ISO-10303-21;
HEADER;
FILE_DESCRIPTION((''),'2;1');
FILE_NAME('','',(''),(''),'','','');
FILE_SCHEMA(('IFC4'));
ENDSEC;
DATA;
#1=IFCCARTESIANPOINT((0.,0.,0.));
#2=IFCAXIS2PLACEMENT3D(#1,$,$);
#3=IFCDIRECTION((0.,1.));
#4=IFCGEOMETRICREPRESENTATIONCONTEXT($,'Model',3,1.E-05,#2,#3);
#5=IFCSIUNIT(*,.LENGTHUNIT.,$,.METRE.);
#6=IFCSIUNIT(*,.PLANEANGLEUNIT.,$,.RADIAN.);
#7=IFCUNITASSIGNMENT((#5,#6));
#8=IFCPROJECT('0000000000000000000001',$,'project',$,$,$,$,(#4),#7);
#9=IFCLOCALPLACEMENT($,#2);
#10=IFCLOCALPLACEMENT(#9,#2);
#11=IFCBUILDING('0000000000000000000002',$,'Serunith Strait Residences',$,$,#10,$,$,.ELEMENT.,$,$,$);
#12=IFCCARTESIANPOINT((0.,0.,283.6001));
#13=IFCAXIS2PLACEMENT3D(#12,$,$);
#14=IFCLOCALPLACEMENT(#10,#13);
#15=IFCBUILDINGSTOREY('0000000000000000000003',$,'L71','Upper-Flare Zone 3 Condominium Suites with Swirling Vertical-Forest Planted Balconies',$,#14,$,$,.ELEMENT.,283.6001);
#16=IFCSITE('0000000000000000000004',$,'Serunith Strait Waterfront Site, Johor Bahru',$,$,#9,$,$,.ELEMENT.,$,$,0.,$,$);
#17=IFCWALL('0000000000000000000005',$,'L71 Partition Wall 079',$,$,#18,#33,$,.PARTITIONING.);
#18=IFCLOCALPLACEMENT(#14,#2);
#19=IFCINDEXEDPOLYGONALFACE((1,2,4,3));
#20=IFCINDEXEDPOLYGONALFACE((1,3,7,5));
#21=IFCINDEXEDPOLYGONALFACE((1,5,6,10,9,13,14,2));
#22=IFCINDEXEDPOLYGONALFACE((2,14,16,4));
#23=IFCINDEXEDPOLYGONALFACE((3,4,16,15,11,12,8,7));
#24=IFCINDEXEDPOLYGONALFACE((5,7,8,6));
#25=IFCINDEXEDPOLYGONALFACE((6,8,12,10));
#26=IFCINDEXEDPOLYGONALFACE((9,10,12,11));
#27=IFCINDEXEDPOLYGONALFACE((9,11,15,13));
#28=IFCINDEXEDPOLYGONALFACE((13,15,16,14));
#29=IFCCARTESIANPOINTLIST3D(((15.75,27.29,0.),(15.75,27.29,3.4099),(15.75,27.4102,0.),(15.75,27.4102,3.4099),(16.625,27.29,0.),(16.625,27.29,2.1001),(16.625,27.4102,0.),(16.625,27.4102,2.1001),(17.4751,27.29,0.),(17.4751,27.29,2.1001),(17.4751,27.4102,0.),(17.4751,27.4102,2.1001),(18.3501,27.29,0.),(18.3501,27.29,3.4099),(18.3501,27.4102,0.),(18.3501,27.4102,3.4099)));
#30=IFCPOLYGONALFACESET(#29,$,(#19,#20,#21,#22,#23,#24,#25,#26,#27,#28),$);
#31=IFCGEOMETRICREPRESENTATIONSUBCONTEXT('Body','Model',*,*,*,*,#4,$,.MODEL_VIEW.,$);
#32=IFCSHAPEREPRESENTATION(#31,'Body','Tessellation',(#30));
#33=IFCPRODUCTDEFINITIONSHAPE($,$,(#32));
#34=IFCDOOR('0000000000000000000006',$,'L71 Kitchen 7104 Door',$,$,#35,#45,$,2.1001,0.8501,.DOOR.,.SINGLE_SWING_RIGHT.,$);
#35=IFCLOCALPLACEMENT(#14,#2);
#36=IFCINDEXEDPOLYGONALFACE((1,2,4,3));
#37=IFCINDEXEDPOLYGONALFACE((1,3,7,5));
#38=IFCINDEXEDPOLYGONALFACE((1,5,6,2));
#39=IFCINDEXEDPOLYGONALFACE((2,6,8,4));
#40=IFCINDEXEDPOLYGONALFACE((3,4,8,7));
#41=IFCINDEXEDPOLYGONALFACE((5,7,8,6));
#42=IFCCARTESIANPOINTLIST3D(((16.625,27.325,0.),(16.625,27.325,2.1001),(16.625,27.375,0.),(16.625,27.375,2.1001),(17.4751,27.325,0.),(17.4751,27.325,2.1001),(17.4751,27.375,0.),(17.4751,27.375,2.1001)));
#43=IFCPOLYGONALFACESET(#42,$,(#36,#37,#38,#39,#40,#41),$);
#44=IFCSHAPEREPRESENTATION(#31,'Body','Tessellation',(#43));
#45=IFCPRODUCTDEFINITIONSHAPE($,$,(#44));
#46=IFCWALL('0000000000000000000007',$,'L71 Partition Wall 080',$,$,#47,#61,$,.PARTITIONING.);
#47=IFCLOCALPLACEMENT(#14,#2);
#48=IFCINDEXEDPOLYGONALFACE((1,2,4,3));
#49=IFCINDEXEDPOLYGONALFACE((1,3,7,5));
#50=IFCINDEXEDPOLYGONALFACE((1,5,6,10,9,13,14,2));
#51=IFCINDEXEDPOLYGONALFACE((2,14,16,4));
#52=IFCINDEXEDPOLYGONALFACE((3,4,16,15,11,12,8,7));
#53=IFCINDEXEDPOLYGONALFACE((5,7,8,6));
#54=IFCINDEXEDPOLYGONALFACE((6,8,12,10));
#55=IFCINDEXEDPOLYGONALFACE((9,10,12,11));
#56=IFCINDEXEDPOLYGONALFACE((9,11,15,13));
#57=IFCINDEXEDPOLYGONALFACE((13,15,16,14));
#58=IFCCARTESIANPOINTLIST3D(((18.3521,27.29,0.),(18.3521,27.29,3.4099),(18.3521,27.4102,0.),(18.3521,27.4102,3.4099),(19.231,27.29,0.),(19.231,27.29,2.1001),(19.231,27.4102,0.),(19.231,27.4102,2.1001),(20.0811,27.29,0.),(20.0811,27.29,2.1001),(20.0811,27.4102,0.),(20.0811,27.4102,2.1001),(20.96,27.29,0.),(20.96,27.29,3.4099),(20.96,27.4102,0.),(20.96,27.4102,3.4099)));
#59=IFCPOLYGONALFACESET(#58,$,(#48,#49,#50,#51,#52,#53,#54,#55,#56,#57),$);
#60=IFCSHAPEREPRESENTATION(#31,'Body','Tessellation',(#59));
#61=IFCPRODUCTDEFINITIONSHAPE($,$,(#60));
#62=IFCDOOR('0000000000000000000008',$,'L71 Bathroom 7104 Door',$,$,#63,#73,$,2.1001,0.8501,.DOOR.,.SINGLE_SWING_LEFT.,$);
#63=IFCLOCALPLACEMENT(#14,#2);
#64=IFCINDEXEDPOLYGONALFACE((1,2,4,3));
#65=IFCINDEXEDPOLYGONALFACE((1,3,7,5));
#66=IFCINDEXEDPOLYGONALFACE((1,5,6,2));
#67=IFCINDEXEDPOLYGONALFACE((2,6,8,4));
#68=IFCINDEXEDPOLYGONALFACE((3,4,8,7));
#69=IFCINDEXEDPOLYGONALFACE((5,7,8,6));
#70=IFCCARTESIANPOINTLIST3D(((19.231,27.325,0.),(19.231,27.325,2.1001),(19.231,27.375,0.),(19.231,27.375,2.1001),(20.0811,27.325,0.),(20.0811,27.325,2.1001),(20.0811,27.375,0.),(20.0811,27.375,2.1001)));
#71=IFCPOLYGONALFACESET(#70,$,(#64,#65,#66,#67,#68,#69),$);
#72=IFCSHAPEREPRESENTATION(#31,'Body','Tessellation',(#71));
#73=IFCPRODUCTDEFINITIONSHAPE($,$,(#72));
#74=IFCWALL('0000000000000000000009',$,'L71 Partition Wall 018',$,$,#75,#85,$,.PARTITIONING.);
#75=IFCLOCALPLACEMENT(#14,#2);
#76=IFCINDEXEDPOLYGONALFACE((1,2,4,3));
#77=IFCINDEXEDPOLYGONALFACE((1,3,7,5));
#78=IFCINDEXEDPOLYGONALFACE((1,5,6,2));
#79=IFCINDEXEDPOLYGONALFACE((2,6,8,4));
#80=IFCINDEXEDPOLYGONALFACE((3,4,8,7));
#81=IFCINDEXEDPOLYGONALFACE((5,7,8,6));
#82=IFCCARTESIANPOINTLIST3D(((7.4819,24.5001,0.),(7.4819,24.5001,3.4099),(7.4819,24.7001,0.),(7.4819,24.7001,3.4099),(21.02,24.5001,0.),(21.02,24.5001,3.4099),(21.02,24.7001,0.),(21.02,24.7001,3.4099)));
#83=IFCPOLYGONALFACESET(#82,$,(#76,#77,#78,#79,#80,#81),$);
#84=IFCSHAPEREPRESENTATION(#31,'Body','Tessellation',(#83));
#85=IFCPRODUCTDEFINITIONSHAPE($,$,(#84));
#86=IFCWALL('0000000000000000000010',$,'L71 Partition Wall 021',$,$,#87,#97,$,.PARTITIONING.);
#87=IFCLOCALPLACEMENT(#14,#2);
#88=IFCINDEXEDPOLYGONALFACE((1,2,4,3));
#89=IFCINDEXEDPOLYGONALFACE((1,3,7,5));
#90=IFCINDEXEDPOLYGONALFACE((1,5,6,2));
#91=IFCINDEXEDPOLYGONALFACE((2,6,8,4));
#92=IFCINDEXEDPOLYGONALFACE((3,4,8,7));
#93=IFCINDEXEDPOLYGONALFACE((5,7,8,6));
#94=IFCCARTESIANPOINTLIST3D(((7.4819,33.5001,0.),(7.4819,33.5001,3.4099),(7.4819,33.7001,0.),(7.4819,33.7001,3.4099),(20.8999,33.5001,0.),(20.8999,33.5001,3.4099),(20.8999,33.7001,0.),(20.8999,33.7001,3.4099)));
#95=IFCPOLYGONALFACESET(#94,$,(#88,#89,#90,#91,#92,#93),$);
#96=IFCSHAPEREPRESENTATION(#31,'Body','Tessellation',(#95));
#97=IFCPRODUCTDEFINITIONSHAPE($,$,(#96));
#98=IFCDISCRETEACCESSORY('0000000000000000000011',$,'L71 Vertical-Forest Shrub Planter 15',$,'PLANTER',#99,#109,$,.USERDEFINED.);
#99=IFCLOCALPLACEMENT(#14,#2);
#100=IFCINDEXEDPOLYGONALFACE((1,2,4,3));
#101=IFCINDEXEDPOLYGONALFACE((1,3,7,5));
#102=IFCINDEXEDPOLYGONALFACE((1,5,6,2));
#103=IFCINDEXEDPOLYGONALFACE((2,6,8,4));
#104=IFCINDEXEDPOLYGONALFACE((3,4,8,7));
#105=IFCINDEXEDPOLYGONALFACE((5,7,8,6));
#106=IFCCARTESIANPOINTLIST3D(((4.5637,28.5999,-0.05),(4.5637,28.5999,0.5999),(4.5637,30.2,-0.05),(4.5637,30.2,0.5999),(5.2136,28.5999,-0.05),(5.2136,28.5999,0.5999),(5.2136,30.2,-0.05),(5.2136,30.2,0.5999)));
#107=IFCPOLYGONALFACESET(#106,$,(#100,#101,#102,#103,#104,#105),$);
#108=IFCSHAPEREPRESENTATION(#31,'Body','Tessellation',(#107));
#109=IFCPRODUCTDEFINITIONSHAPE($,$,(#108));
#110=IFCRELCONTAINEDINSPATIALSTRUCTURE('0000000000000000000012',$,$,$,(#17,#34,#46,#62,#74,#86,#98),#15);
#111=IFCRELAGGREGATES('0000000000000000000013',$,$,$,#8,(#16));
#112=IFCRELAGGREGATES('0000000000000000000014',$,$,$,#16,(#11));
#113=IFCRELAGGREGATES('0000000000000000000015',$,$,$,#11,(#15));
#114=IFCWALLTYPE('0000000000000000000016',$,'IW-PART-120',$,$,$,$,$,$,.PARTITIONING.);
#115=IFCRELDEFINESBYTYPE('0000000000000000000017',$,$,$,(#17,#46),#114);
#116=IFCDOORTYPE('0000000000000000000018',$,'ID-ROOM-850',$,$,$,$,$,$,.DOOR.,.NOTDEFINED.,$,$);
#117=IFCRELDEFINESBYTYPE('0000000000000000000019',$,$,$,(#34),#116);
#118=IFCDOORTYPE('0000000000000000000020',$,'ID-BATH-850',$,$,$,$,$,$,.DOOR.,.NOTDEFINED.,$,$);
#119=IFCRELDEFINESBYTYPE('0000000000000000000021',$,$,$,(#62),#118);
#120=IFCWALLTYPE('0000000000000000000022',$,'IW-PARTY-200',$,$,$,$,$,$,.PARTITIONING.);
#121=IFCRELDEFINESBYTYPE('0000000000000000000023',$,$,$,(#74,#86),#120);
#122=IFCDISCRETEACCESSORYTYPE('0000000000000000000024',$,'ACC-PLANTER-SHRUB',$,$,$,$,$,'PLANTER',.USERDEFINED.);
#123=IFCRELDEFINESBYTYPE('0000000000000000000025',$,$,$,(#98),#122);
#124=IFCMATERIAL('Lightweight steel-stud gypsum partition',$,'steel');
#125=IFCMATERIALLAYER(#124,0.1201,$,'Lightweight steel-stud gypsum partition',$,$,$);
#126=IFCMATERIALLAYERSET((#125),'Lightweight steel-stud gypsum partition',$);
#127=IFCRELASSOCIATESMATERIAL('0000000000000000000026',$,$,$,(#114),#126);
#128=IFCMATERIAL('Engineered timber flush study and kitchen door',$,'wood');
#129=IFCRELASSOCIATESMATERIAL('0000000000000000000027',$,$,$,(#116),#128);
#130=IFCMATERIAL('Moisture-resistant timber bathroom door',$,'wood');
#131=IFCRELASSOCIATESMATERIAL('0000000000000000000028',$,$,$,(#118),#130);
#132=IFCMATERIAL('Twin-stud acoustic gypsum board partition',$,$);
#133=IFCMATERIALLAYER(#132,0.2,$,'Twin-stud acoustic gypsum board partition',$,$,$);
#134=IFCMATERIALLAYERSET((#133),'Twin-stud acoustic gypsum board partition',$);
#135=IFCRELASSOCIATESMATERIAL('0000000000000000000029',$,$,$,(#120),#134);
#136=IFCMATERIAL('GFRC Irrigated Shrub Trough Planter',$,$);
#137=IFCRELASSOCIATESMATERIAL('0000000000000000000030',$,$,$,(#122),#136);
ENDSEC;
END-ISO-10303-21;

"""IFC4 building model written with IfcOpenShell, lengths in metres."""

from ifc_helpers import new_model, si_unit, direction, frame, frame_2d, origin, origin_2d, place, context, subcontext, project, spatial, rectangle, extrude, source, transform, mapped, material, layer, layer_set, type_object, element, fill, save


model = new_model("IFC4")

# Units and contexts
model_context = context("Model", 3, precision=1e-05, world=origin(), true_north=direction((0.0, 1.0)))
body_context = subcontext(model_context, "Body", "Model", "MODEL_VIEW")
ifc_project = project(units=[si_unit("LENGTHUNIT", "METRE"), si_unit("PLANEANGLEUNIT", "RADIAN")], contexts=[model_context])

# Site, building, storey
site_placement = place(None, origin())
site = spatial("IfcSite", under=ifc_project, at=site_placement, Name="Serunith Strait Waterfront Site, Johor Bahru", CompositionType="ELEMENT", RefElevation=0.0)
building_placement = place(site_placement, origin())
building = spatial("IfcBuilding", under=site, at=building_placement, Name="Serunith Strait Residences", CompositionType="ELEMENT")
storey_placement = place(building_placement, frame((0.0, 0.0, 283.6001)))
storey = spatial("IfcBuildingStorey", under=building, at=storey_placement, Name="L71", Description="Upper-Flare Zone 3 Condominium Suites with Swirling Vertical-Forest Planted Balconies", CompositionType="ELEMENT", Elevation=283.6001)

# Walls, openings, doors
ifc_material_1 = material(Name="Lightweight steel-stud gypsum partition", Category="steel")
ifc_layer_1 = layer(ifc_material_1, 0.1201, Name="Lightweight steel-stud gypsum partition")
ifc_layer_set_1 = layer_set([ifc_layer_1], Name="Lightweight steel-stud gypsum partition")
wall_type_1 = type_object("IfcWallType", Name="IW-PART-120", PredefinedType="PARTITIONING", material=ifc_layer_set_1)
wall_1_placement = place(storey_placement, frame((15.75, 27.3501, 0.0), z_axis=(0.0, 0.0, 1.0), x_axis=(1.0, 0.0, 0.0)))
wall_1 = element("IfcWall", 1, at=wall_1_placement, inside=storey, type_object=wall_type_1, Name="L71 Partition Wall 079", PredefinedType="PARTITIONING", context=body_context, shape_type="SweptSolid", body=[
    extrude(rectangle(XDim=2.6001, YDim=0.1201, at=frame_2d((1.3, 0.0))), origin(), (0.0, 0.0, 1.0), 3.4099),
])
opening_1_placement = place(wall_1_placement, frame((0.875, 0.0, 0.0)))
opening_1 = element("IfcOpeningElement", 2, at=opening_1_placement, cuts=wall_1, PredefinedType="OPENING", context=body_context, shape_type="SweptSolid", body=[
    extrude(rectangle(XDim=0.8501, YDim=2.1001, at=frame_2d((0.425, 1.05))), frame((0.0, 0.0701, 0.0), z_axis=(0.0, -1.0, 0.0), x_axis=(1.0, 0.0, 0.0)), (0.0, 0.0, 1.0), 0.1401),
])
ifc_material_2 = material(Name="Engineered timber flush study and kitchen door", Category="wood")
door_type_1 = type_object("IfcDoorType", Name="ID-ROOM-850", OperationType="NOTDEFINED", PredefinedType="DOOR", material=ifc_material_2)
shared_shape_1 = source(origin(), body_context, "Body", "SweptSolid", [
    extrude(rectangle(XDim=0.8501, YDim=2.1001, at=frame_2d((0.425, 1.05))), frame((0.0, 0.0249, 0.0), z_axis=(0.0, -1.0, 0.0), x_axis=(1.0, 0.0, 0.0)), (0.0, 0.0, 1.0), 0.05),
])
door_1_placement = place(opening_1_placement, origin())
door_1 = element("IfcDoor", 3, at=door_1_placement, inside=storey, type_object=door_type_1, Name="L71 Kitchen 7104 Door", OperationType="SINGLE_SWING_RIGHT", OverallHeight=2.1001, OverallWidth=0.8501, PredefinedType="DOOR", context=body_context, shape_type="MappedRepresentation", body=[
    mapped(shared_shape_1, transform((0.0, 0.0, 0.0), scale=1.0)),
])
fill(opening_1, door_1)
wall_2_placement = place(storey_placement, frame((18.3521, 27.3501, 0.0), z_axis=(0.0, 0.0, 1.0), x_axis=(1.0, 0.0, 0.0)))
wall_2 = element("IfcWall", 4, at=wall_2_placement, inside=storey, type_object=wall_type_1, Name="L71 Partition Wall 080", PredefinedType="PARTITIONING", context=body_context, shape_type="SweptSolid", body=[
    extrude(rectangle(XDim=2.6079, YDim=0.1201, at=frame_2d((1.304, 0.0))), origin(), (0.0, 0.0, 1.0), 3.4099),
])
opening_2_placement = place(wall_2_placement, frame((0.8789, 0.0, 0.0)))
opening_2 = element("IfcOpeningElement", 5, at=opening_2_placement, cuts=wall_2, PredefinedType="OPENING", context=body_context, shape_type="SweptSolid", body=[
    extrude(rectangle(XDim=0.8501, YDim=2.1001, at=frame_2d((0.425, 1.05))), frame((0.0, 0.0701, 0.0), z_axis=(0.0, -1.0, 0.0), x_axis=(1.0, 0.0, 0.0)), (0.0, 0.0, 1.0), 0.1401),
])
ifc_material_3 = material(Name="Moisture-resistant timber bathroom door", Category="wood")
door_type_2 = type_object("IfcDoorType", Name="ID-BATH-850", OperationType="NOTDEFINED", PredefinedType="DOOR", material=ifc_material_3)
door_2_placement = place(opening_2_placement, origin())
door_2 = element("IfcDoor", 6, at=door_2_placement, inside=storey, type_object=door_type_2, Name="L71 Bathroom 7104 Door", OperationType="SINGLE_SWING_LEFT", OverallHeight=2.1001, OverallWidth=0.8501, PredefinedType="DOOR", context=body_context, shape_type="MappedRepresentation", body=[
    mapped(shared_shape_1, transform((0.0, 0.0, 0.0), scale=1.0)),
])
fill(opening_2, door_2)

# Walls
ifc_material_4 = material(Name="Twin-stud acoustic gypsum board partition")
ifc_layer_2 = layer(ifc_material_4, 0.2, Name="Twin-stud acoustic gypsum board partition")
ifc_layer_set_2 = layer_set([ifc_layer_2], Name="Twin-stud acoustic gypsum board partition")
wall_type_2 = type_object("IfcWallType", Name="IW-PARTY-200", PredefinedType="PARTITIONING", material=ifc_layer_set_2)
wall_3_placement = place(storey_placement, frame((7.4819, 24.6001, 0.0), z_axis=(0.0, 0.0, 1.0), x_axis=(1.0, 0.0, 0.0)))
element("IfcWall", 7, at=wall_3_placement, inside=storey, type_object=wall_type_2, Name="L71 Partition Wall 018", PredefinedType="PARTITIONING", context=body_context, shape_type="SweptSolid", body=[
    extrude(rectangle(XDim=13.5381, YDim=0.2, at=frame_2d((6.769, 0.0))), origin(), (0.0, 0.0, 1.0), 3.4099),
])
wall_4_placement = place(storey_placement, frame((7.4819, 33.6001, 0.0), z_axis=(0.0, 0.0, 1.0), x_axis=(1.0, 0.0, 0.0)))
element("IfcWall", 8, at=wall_4_placement, inside=storey, type_object=wall_type_2, Name="L71 Partition Wall 021", PredefinedType="PARTITIONING", context=body_context, shape_type="SweptSolid", body=[
    extrude(rectangle(XDim=13.418, YDim=0.2, at=frame_2d((6.709, 0.0))), origin(), (0.0, 0.0, 1.0), 3.4099),
])

# Discrete accessory
ifc_material_5 = material(Name="GFRC Irrigated Shrub Trough Planter")
discrete_accessory_type = type_object("IfcDiscreteAccessoryType", Name="ACC-PLANTER-SHRUB", ElementType="PLANTER", PredefinedType="USERDEFINED", material=ifc_material_5)
shared_shape_2 = source(origin(), body_context, "Body", "SweptSolid", [
    extrude(rectangle(XDim=1.6001, YDim=0.6499, at=origin_2d()), origin(), (0.0, 0.0, 1.0), 0.6499),
])
discrete_accessory_placement = place(storey_placement, frame((4.8887, 29.3999, -0.05), z_axis=(0.0, 0.0, 1.0), x_axis=(0.0, -1.0, 0.0)))
element("IfcDiscreteAccessory", 9, at=discrete_accessory_placement, inside=storey, type_object=discrete_accessory_type, Name="L71 Vertical-Forest Shrub Planter 15", ObjectType="PLANTER", PredefinedType="USERDEFINED", context=body_context, shape_type="MappedRepresentation", body=[
    mapped(shared_shape_2, transform((0.0, 0.0, 0.0), scale=1.0)),
])

save(model, "model.ifc")
